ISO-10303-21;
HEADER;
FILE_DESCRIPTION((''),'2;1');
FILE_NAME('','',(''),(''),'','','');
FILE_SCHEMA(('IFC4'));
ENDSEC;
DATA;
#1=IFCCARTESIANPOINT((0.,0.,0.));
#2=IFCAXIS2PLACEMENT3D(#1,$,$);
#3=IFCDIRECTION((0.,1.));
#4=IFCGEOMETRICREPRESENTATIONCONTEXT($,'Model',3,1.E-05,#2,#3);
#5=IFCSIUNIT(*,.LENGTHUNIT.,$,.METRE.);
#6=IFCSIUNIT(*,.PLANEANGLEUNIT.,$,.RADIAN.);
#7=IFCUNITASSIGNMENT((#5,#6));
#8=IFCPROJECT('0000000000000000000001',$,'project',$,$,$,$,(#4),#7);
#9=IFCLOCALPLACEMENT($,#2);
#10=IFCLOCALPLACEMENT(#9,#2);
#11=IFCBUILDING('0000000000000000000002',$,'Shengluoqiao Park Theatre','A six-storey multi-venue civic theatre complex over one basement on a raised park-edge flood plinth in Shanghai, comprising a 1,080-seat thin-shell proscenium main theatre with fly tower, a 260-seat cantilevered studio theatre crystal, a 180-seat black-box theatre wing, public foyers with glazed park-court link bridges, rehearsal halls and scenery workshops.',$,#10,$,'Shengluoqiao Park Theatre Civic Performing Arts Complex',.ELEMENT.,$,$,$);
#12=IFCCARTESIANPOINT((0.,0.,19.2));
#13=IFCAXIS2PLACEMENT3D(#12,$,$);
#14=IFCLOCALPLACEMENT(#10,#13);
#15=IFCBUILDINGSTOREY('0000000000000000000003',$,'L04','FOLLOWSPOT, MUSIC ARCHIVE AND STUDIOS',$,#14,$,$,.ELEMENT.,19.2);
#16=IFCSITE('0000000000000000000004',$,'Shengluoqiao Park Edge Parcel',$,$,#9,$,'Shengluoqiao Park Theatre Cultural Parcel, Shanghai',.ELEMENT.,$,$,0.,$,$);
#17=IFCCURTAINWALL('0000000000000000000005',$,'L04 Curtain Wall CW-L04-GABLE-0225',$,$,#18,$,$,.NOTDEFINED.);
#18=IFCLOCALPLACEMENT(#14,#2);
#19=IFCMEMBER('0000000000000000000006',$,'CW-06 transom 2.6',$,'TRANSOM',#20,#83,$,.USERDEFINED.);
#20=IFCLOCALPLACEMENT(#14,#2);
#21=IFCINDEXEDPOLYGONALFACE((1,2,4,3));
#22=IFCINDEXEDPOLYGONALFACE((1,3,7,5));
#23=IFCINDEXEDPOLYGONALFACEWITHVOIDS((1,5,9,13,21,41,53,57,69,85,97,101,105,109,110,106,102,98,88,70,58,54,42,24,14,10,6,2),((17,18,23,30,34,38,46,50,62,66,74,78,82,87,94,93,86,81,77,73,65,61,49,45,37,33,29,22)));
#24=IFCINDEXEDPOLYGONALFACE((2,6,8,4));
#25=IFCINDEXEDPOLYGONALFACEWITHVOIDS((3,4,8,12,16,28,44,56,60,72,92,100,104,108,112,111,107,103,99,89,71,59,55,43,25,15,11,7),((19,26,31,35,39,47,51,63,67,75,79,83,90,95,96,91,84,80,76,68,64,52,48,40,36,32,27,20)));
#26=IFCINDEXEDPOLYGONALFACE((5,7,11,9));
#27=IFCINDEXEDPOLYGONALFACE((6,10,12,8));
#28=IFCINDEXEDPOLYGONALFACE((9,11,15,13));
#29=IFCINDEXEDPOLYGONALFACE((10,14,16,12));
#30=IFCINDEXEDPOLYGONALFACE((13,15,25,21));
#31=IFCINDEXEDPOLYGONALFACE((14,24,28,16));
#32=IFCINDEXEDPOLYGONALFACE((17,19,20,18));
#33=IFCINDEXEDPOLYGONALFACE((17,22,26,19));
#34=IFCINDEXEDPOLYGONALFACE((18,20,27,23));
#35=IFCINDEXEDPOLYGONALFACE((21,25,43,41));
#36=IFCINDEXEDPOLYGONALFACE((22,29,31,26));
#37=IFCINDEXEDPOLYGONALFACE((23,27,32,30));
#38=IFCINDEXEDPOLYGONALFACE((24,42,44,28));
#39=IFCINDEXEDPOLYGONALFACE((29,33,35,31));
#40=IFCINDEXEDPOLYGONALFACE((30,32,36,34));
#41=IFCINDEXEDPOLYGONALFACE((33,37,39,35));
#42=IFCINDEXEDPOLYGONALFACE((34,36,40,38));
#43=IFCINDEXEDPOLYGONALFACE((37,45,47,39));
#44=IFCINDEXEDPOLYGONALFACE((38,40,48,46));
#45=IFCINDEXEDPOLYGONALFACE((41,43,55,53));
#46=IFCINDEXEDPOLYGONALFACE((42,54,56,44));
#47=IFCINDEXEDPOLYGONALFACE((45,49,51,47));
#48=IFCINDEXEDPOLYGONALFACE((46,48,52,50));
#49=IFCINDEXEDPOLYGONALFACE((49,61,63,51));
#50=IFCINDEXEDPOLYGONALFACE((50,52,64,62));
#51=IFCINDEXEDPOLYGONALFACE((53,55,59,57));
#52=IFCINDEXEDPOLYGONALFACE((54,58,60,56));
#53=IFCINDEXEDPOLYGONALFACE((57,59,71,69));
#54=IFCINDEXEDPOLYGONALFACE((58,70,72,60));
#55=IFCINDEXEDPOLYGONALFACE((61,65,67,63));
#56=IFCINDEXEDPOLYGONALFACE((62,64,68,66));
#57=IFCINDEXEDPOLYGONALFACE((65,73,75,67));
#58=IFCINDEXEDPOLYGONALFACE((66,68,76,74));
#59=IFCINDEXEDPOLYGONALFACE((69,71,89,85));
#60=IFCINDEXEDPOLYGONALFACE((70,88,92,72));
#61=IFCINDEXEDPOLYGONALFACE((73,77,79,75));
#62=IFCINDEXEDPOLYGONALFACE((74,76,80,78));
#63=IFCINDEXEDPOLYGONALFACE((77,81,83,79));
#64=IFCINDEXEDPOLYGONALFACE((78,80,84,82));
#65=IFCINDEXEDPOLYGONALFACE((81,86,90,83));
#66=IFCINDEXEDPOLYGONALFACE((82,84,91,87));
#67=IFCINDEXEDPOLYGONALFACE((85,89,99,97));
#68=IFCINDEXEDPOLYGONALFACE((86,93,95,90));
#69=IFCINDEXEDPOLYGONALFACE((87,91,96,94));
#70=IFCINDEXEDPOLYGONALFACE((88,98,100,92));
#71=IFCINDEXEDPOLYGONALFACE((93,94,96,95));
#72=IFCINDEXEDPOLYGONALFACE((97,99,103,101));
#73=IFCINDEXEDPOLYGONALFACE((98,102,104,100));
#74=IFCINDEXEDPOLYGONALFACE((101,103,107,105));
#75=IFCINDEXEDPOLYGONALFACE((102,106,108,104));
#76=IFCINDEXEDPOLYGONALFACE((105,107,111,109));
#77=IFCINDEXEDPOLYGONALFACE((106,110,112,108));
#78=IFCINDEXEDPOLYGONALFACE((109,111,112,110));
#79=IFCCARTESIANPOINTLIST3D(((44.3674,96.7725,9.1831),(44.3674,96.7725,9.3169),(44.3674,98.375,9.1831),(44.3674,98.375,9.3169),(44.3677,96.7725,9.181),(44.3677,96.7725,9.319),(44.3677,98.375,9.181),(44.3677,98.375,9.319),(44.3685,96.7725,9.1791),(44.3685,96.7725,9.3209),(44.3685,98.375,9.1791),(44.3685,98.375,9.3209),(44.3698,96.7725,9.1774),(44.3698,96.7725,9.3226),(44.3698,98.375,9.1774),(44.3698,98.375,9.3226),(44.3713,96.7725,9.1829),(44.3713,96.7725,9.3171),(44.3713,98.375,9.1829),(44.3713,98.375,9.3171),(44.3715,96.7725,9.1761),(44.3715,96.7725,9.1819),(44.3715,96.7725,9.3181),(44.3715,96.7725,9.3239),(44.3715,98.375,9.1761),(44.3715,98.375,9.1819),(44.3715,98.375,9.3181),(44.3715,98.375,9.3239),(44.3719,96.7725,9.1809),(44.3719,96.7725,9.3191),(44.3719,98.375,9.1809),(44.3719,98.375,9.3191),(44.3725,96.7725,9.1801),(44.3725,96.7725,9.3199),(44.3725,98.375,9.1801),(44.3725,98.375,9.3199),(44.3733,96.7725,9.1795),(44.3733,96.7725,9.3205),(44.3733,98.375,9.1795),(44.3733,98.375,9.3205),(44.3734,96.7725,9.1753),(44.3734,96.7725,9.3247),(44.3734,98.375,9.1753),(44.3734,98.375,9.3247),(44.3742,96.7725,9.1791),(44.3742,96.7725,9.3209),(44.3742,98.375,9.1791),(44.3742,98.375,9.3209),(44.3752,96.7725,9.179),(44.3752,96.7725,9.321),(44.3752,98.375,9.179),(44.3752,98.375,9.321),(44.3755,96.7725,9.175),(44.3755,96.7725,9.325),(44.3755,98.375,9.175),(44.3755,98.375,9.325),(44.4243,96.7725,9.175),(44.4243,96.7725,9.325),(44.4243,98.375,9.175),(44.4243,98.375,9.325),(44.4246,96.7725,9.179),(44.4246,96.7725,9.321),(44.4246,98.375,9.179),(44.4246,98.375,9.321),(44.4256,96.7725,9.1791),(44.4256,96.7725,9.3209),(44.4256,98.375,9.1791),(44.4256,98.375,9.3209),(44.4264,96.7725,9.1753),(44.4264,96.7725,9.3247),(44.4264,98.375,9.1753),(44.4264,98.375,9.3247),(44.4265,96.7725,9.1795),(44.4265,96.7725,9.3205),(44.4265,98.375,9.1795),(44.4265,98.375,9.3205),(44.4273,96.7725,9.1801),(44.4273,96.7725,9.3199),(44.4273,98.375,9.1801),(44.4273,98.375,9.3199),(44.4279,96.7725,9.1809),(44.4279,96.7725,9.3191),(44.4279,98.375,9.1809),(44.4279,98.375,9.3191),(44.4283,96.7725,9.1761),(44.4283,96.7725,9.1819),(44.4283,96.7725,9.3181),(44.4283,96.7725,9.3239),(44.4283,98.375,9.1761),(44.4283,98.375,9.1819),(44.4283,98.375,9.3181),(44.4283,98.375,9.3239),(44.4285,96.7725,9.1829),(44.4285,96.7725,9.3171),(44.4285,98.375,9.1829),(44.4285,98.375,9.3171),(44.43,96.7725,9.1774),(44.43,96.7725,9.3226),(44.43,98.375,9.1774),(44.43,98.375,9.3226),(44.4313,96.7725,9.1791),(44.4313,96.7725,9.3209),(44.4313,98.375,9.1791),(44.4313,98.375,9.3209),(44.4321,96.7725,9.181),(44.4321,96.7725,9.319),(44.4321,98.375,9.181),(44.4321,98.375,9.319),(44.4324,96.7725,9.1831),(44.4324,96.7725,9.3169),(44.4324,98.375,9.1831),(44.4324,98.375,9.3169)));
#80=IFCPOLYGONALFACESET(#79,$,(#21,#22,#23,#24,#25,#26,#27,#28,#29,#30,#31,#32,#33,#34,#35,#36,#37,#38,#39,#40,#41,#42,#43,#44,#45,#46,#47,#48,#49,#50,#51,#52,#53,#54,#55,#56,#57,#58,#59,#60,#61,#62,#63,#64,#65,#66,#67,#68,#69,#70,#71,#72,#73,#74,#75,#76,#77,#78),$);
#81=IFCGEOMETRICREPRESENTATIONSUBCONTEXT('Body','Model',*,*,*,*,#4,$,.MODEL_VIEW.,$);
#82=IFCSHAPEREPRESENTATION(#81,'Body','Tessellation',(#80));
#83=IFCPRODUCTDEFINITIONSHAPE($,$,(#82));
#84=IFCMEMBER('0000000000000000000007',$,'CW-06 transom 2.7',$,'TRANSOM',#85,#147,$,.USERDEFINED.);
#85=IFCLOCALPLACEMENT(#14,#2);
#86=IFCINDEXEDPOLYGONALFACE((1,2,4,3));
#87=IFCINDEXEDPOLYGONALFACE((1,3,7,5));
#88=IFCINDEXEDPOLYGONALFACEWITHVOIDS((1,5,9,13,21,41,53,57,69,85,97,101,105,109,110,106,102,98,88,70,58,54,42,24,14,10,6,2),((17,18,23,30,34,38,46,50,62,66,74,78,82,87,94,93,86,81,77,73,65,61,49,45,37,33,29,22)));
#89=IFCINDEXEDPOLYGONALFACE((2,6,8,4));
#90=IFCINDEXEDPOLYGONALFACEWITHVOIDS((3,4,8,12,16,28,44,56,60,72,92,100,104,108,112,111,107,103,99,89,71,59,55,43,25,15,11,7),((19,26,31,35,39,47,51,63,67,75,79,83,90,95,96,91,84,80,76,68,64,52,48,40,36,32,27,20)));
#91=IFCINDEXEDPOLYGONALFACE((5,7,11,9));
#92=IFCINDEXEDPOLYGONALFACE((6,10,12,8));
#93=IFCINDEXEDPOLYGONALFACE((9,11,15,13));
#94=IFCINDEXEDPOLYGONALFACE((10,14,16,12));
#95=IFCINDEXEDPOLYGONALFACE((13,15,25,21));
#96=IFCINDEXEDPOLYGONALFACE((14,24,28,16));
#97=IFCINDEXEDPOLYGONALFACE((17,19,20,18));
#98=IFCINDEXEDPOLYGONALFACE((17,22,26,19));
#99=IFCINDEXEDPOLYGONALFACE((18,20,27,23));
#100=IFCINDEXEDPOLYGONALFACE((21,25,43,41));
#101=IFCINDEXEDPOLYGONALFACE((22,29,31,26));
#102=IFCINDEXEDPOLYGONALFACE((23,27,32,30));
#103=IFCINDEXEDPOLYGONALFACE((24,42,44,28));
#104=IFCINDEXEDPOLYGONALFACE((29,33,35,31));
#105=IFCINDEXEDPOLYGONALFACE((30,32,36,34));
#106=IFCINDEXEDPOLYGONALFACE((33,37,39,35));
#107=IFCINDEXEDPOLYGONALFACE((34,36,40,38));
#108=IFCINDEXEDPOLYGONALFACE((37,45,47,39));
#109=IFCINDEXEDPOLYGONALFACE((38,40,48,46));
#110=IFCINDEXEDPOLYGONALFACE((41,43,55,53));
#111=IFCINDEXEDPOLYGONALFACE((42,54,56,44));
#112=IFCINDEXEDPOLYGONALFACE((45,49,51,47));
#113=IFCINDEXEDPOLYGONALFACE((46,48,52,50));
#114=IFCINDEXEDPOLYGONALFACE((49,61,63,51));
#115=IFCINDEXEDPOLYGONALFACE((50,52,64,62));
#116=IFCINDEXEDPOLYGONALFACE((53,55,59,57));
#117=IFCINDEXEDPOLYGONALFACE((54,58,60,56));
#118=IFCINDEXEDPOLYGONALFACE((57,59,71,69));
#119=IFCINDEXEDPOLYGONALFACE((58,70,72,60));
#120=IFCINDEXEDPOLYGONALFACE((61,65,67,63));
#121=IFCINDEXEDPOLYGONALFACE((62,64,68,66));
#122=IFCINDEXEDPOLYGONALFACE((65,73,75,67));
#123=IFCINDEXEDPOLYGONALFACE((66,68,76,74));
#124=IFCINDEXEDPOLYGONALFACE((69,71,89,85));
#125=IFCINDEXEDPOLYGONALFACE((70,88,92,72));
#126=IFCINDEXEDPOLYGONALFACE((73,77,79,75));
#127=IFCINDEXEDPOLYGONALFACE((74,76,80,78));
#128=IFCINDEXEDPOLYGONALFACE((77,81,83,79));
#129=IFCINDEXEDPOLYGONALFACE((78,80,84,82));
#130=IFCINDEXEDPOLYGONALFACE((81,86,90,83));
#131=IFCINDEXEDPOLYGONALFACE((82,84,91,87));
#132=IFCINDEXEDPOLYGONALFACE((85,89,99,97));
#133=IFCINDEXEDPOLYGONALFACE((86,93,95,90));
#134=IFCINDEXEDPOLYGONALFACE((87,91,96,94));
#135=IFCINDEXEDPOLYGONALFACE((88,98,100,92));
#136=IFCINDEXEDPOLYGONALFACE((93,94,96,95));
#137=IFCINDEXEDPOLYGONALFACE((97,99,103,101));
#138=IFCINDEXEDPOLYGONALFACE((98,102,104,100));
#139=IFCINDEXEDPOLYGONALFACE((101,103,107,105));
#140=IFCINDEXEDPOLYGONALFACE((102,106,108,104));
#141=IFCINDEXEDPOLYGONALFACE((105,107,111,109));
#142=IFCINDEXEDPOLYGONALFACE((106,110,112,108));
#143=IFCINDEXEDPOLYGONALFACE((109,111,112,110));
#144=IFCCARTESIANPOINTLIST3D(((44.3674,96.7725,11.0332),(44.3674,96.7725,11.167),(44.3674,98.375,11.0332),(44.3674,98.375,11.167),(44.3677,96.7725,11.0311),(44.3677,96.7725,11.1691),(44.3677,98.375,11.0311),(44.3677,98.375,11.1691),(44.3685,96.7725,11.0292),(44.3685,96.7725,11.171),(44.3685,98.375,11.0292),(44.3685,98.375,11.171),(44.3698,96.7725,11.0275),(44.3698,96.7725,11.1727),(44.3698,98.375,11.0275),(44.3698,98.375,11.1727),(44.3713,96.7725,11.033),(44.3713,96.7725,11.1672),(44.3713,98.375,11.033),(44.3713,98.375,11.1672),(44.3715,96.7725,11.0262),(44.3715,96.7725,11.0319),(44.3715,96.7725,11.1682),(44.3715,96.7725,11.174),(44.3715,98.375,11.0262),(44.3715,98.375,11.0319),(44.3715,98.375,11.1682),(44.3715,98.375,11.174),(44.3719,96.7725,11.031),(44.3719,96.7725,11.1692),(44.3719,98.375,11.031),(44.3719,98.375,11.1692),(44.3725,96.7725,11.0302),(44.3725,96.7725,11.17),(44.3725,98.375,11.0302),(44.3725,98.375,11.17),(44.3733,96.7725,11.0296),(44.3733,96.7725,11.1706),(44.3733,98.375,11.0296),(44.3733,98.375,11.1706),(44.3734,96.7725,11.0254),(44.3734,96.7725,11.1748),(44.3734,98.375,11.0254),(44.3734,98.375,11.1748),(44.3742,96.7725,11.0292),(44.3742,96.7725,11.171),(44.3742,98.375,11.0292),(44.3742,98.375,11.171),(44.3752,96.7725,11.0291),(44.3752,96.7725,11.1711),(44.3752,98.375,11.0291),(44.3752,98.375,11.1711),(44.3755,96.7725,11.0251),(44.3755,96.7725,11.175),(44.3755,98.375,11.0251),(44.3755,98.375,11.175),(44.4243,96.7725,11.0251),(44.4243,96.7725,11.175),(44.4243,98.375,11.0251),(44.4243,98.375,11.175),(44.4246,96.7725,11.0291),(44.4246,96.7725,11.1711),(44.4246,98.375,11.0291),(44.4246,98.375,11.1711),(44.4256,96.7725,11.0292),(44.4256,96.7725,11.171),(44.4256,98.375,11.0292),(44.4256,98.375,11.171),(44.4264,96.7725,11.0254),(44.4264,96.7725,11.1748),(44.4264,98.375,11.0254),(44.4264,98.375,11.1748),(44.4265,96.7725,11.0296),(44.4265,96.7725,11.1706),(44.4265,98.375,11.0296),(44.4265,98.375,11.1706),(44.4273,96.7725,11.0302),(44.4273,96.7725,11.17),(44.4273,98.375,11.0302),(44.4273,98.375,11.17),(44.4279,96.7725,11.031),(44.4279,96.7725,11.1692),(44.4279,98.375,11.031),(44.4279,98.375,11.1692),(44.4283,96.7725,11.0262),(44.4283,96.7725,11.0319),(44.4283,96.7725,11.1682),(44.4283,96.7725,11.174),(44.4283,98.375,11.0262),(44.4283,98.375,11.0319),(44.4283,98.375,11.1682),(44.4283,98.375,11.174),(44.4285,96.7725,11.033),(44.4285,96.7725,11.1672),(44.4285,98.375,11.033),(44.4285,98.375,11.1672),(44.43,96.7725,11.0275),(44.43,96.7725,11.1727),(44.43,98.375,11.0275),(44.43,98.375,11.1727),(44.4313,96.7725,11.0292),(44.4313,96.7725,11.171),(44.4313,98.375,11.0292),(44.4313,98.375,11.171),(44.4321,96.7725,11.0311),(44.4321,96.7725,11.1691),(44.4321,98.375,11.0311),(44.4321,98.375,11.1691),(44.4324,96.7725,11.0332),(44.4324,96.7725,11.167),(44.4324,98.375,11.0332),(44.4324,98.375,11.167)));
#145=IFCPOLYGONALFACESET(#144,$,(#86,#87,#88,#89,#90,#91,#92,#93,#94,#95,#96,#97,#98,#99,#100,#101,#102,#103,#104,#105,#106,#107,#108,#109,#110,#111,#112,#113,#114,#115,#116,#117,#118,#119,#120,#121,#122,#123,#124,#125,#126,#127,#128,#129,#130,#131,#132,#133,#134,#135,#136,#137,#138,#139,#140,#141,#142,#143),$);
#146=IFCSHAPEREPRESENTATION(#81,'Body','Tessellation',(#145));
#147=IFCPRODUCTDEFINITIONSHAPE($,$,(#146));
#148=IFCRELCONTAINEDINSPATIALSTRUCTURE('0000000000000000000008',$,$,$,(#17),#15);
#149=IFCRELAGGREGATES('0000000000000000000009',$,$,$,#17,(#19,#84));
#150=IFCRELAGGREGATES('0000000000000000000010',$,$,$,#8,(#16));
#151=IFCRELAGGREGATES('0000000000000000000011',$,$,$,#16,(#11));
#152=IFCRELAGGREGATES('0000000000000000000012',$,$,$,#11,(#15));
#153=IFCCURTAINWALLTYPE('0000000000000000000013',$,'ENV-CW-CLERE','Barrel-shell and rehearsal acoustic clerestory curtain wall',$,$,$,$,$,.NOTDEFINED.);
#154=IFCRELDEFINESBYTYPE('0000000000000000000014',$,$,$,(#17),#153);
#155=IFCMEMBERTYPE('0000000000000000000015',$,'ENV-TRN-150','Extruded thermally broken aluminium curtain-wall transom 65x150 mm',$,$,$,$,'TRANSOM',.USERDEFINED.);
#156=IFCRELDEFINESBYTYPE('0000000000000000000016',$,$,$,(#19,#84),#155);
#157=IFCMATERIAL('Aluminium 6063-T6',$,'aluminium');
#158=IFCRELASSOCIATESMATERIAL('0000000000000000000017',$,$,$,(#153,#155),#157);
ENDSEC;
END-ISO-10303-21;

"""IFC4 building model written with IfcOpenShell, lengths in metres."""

from ifc_helpers import new_model, si_unit, direction, frame, origin, origin_2d, place, context, subcontext, project, spatial, hollow_rectangle, extrude, material, material_profile, profile_set, type_object, element, aggregate, save


model = new_model("IFC4")

# Units and contexts
model_context = context("Model", 3, precision=1e-05, world=origin(), true_north=direction((0.0, 1.0)))
body_context = subcontext(model_context, "Body", "Model", "MODEL_VIEW")
ifc_project = project(units=[si_unit("LENGTHUNIT", "METRE"), si_unit("PLANEANGLEUNIT", "RADIAN")], contexts=[model_context])

# Site, building, storey
site_placement = place(None, origin())
site = spatial("IfcSite", under=ifc_project, at=site_placement, Name="Shengluoqiao Park Edge Parcel", LongName="Shengluoqiao Park Theatre Cultural Parcel, Shanghai", CompositionType="ELEMENT", RefElevation=0.0)
building_placement = place(site_placement, origin())
building = spatial("IfcBuilding", under=site, at=building_placement, Name="Shengluoqiao Park Theatre", Description="A six-storey multi-venue civic theatre complex over one basement on a raised park-edge flood plinth in Shanghai, comprising a 1,080-seat thin-shell proscenium main theatre with fly tower, a 260-seat cantilevered studio theatre crystal, a 180-seat black-box theatre wing, public foyers with glazed park-court link bridges, rehearsal halls and scenery workshops.", LongName="Shengluoqiao Park Theatre Civic Performing Arts Complex", CompositionType="ELEMENT")
storey_placement = place(building_placement, frame((0.0, 0.0, 19.2)))
storey = spatial("IfcBuildingStorey", under=building, at=storey_placement, Name="L04", Description="FOLLOWSPOT, MUSIC ARCHIVE AND STUDIOS", CompositionType="ELEMENT", Elevation=19.2)

# Curtain wall, members
ifc_material_1 = material(Name="Aluminium 6063-T6", Category="aluminium")
curtain_wall_type = type_object("IfcCurtainWallType", Name="ENV-CW-CLERE", Description="Barrel-shell and rehearsal acoustic clerestory curtain wall", PredefinedType="NOTDEFINED", material=ifc_material_1)
curtain_wall_1_placement = place(storey_placement, origin())
curtain_wall_1 = element("IfcCurtainWall", 1, at=curtain_wall_1_placement, inside=storey, type_object=curtain_wall_type, Name="L04 Curtain Wall CW-L04-GABLE-0225", PredefinedType="NOTDEFINED")
ifc_material_profile = material_profile(ifc_material_1, hollow_rectangle(XDim=0.0649, YDim=0.1499, WallThickness=0.0039, InnerFilletRadius=0.0039, OuterFilletRadius=0.0081, at=origin_2d()), Name="ALU TRANSOM 150x65x4")
ifc_profile_set = profile_set([ifc_material_profile], Name="Aluminium 6063-T6")
member_type = type_object("IfcMemberType", Name="ENV-TRN-150", Description="Extruded thermally broken aluminium curtain-wall transom 65x150 mm", ElementType="TRANSOM", PredefinedType="USERDEFINED", material=ifc_profile_set)
member_1_placement = place(storey_placement, frame((44.3999, 96.7725, 9.25), z_axis=(0.0, 1.0, 0.0), x_axis=(-1.0, 0.0, 0.0)))
member_1 = element("IfcMember", 2, at=member_1_placement, type_object=member_type, Name="CW-06 transom 2.6", ObjectType="TRANSOM", PredefinedType="USERDEFINED", context=body_context, shape_type="SweptSolid", body=[
    extrude(hollow_rectangle(XDim=0.0649, YDim=0.1499, WallThickness=0.0039, InnerFilletRadius=0.0039, OuterFilletRadius=0.0081, at=origin_2d()), origin(), (0.0, 0.0, 1.0), 1.6025),
])
member_2_placement = place(storey_placement, frame((44.3999, 96.7725, 11.1001), z_axis=(0.0, 1.0, 0.0), x_axis=(-1.0, 0.0, 0.0)))
member_2 = element("IfcMember", 3, at=member_2_placement, type_object=member_type, Name="CW-06 transom 2.7", ObjectType="TRANSOM", PredefinedType="USERDEFINED", context=body_context, shape_type="SweptSolid", body=[
    extrude(hollow_rectangle(XDim=0.0649, YDim=0.1499, WallThickness=0.0039, InnerFilletRadius=0.0039, OuterFilletRadius=0.0081, at=origin_2d()), origin(), (0.0, 0.0, 1.0), 1.6025),
])

aggregate(curtain_wall_1, [member_1, member_2])

save(model, "model.ifc")
